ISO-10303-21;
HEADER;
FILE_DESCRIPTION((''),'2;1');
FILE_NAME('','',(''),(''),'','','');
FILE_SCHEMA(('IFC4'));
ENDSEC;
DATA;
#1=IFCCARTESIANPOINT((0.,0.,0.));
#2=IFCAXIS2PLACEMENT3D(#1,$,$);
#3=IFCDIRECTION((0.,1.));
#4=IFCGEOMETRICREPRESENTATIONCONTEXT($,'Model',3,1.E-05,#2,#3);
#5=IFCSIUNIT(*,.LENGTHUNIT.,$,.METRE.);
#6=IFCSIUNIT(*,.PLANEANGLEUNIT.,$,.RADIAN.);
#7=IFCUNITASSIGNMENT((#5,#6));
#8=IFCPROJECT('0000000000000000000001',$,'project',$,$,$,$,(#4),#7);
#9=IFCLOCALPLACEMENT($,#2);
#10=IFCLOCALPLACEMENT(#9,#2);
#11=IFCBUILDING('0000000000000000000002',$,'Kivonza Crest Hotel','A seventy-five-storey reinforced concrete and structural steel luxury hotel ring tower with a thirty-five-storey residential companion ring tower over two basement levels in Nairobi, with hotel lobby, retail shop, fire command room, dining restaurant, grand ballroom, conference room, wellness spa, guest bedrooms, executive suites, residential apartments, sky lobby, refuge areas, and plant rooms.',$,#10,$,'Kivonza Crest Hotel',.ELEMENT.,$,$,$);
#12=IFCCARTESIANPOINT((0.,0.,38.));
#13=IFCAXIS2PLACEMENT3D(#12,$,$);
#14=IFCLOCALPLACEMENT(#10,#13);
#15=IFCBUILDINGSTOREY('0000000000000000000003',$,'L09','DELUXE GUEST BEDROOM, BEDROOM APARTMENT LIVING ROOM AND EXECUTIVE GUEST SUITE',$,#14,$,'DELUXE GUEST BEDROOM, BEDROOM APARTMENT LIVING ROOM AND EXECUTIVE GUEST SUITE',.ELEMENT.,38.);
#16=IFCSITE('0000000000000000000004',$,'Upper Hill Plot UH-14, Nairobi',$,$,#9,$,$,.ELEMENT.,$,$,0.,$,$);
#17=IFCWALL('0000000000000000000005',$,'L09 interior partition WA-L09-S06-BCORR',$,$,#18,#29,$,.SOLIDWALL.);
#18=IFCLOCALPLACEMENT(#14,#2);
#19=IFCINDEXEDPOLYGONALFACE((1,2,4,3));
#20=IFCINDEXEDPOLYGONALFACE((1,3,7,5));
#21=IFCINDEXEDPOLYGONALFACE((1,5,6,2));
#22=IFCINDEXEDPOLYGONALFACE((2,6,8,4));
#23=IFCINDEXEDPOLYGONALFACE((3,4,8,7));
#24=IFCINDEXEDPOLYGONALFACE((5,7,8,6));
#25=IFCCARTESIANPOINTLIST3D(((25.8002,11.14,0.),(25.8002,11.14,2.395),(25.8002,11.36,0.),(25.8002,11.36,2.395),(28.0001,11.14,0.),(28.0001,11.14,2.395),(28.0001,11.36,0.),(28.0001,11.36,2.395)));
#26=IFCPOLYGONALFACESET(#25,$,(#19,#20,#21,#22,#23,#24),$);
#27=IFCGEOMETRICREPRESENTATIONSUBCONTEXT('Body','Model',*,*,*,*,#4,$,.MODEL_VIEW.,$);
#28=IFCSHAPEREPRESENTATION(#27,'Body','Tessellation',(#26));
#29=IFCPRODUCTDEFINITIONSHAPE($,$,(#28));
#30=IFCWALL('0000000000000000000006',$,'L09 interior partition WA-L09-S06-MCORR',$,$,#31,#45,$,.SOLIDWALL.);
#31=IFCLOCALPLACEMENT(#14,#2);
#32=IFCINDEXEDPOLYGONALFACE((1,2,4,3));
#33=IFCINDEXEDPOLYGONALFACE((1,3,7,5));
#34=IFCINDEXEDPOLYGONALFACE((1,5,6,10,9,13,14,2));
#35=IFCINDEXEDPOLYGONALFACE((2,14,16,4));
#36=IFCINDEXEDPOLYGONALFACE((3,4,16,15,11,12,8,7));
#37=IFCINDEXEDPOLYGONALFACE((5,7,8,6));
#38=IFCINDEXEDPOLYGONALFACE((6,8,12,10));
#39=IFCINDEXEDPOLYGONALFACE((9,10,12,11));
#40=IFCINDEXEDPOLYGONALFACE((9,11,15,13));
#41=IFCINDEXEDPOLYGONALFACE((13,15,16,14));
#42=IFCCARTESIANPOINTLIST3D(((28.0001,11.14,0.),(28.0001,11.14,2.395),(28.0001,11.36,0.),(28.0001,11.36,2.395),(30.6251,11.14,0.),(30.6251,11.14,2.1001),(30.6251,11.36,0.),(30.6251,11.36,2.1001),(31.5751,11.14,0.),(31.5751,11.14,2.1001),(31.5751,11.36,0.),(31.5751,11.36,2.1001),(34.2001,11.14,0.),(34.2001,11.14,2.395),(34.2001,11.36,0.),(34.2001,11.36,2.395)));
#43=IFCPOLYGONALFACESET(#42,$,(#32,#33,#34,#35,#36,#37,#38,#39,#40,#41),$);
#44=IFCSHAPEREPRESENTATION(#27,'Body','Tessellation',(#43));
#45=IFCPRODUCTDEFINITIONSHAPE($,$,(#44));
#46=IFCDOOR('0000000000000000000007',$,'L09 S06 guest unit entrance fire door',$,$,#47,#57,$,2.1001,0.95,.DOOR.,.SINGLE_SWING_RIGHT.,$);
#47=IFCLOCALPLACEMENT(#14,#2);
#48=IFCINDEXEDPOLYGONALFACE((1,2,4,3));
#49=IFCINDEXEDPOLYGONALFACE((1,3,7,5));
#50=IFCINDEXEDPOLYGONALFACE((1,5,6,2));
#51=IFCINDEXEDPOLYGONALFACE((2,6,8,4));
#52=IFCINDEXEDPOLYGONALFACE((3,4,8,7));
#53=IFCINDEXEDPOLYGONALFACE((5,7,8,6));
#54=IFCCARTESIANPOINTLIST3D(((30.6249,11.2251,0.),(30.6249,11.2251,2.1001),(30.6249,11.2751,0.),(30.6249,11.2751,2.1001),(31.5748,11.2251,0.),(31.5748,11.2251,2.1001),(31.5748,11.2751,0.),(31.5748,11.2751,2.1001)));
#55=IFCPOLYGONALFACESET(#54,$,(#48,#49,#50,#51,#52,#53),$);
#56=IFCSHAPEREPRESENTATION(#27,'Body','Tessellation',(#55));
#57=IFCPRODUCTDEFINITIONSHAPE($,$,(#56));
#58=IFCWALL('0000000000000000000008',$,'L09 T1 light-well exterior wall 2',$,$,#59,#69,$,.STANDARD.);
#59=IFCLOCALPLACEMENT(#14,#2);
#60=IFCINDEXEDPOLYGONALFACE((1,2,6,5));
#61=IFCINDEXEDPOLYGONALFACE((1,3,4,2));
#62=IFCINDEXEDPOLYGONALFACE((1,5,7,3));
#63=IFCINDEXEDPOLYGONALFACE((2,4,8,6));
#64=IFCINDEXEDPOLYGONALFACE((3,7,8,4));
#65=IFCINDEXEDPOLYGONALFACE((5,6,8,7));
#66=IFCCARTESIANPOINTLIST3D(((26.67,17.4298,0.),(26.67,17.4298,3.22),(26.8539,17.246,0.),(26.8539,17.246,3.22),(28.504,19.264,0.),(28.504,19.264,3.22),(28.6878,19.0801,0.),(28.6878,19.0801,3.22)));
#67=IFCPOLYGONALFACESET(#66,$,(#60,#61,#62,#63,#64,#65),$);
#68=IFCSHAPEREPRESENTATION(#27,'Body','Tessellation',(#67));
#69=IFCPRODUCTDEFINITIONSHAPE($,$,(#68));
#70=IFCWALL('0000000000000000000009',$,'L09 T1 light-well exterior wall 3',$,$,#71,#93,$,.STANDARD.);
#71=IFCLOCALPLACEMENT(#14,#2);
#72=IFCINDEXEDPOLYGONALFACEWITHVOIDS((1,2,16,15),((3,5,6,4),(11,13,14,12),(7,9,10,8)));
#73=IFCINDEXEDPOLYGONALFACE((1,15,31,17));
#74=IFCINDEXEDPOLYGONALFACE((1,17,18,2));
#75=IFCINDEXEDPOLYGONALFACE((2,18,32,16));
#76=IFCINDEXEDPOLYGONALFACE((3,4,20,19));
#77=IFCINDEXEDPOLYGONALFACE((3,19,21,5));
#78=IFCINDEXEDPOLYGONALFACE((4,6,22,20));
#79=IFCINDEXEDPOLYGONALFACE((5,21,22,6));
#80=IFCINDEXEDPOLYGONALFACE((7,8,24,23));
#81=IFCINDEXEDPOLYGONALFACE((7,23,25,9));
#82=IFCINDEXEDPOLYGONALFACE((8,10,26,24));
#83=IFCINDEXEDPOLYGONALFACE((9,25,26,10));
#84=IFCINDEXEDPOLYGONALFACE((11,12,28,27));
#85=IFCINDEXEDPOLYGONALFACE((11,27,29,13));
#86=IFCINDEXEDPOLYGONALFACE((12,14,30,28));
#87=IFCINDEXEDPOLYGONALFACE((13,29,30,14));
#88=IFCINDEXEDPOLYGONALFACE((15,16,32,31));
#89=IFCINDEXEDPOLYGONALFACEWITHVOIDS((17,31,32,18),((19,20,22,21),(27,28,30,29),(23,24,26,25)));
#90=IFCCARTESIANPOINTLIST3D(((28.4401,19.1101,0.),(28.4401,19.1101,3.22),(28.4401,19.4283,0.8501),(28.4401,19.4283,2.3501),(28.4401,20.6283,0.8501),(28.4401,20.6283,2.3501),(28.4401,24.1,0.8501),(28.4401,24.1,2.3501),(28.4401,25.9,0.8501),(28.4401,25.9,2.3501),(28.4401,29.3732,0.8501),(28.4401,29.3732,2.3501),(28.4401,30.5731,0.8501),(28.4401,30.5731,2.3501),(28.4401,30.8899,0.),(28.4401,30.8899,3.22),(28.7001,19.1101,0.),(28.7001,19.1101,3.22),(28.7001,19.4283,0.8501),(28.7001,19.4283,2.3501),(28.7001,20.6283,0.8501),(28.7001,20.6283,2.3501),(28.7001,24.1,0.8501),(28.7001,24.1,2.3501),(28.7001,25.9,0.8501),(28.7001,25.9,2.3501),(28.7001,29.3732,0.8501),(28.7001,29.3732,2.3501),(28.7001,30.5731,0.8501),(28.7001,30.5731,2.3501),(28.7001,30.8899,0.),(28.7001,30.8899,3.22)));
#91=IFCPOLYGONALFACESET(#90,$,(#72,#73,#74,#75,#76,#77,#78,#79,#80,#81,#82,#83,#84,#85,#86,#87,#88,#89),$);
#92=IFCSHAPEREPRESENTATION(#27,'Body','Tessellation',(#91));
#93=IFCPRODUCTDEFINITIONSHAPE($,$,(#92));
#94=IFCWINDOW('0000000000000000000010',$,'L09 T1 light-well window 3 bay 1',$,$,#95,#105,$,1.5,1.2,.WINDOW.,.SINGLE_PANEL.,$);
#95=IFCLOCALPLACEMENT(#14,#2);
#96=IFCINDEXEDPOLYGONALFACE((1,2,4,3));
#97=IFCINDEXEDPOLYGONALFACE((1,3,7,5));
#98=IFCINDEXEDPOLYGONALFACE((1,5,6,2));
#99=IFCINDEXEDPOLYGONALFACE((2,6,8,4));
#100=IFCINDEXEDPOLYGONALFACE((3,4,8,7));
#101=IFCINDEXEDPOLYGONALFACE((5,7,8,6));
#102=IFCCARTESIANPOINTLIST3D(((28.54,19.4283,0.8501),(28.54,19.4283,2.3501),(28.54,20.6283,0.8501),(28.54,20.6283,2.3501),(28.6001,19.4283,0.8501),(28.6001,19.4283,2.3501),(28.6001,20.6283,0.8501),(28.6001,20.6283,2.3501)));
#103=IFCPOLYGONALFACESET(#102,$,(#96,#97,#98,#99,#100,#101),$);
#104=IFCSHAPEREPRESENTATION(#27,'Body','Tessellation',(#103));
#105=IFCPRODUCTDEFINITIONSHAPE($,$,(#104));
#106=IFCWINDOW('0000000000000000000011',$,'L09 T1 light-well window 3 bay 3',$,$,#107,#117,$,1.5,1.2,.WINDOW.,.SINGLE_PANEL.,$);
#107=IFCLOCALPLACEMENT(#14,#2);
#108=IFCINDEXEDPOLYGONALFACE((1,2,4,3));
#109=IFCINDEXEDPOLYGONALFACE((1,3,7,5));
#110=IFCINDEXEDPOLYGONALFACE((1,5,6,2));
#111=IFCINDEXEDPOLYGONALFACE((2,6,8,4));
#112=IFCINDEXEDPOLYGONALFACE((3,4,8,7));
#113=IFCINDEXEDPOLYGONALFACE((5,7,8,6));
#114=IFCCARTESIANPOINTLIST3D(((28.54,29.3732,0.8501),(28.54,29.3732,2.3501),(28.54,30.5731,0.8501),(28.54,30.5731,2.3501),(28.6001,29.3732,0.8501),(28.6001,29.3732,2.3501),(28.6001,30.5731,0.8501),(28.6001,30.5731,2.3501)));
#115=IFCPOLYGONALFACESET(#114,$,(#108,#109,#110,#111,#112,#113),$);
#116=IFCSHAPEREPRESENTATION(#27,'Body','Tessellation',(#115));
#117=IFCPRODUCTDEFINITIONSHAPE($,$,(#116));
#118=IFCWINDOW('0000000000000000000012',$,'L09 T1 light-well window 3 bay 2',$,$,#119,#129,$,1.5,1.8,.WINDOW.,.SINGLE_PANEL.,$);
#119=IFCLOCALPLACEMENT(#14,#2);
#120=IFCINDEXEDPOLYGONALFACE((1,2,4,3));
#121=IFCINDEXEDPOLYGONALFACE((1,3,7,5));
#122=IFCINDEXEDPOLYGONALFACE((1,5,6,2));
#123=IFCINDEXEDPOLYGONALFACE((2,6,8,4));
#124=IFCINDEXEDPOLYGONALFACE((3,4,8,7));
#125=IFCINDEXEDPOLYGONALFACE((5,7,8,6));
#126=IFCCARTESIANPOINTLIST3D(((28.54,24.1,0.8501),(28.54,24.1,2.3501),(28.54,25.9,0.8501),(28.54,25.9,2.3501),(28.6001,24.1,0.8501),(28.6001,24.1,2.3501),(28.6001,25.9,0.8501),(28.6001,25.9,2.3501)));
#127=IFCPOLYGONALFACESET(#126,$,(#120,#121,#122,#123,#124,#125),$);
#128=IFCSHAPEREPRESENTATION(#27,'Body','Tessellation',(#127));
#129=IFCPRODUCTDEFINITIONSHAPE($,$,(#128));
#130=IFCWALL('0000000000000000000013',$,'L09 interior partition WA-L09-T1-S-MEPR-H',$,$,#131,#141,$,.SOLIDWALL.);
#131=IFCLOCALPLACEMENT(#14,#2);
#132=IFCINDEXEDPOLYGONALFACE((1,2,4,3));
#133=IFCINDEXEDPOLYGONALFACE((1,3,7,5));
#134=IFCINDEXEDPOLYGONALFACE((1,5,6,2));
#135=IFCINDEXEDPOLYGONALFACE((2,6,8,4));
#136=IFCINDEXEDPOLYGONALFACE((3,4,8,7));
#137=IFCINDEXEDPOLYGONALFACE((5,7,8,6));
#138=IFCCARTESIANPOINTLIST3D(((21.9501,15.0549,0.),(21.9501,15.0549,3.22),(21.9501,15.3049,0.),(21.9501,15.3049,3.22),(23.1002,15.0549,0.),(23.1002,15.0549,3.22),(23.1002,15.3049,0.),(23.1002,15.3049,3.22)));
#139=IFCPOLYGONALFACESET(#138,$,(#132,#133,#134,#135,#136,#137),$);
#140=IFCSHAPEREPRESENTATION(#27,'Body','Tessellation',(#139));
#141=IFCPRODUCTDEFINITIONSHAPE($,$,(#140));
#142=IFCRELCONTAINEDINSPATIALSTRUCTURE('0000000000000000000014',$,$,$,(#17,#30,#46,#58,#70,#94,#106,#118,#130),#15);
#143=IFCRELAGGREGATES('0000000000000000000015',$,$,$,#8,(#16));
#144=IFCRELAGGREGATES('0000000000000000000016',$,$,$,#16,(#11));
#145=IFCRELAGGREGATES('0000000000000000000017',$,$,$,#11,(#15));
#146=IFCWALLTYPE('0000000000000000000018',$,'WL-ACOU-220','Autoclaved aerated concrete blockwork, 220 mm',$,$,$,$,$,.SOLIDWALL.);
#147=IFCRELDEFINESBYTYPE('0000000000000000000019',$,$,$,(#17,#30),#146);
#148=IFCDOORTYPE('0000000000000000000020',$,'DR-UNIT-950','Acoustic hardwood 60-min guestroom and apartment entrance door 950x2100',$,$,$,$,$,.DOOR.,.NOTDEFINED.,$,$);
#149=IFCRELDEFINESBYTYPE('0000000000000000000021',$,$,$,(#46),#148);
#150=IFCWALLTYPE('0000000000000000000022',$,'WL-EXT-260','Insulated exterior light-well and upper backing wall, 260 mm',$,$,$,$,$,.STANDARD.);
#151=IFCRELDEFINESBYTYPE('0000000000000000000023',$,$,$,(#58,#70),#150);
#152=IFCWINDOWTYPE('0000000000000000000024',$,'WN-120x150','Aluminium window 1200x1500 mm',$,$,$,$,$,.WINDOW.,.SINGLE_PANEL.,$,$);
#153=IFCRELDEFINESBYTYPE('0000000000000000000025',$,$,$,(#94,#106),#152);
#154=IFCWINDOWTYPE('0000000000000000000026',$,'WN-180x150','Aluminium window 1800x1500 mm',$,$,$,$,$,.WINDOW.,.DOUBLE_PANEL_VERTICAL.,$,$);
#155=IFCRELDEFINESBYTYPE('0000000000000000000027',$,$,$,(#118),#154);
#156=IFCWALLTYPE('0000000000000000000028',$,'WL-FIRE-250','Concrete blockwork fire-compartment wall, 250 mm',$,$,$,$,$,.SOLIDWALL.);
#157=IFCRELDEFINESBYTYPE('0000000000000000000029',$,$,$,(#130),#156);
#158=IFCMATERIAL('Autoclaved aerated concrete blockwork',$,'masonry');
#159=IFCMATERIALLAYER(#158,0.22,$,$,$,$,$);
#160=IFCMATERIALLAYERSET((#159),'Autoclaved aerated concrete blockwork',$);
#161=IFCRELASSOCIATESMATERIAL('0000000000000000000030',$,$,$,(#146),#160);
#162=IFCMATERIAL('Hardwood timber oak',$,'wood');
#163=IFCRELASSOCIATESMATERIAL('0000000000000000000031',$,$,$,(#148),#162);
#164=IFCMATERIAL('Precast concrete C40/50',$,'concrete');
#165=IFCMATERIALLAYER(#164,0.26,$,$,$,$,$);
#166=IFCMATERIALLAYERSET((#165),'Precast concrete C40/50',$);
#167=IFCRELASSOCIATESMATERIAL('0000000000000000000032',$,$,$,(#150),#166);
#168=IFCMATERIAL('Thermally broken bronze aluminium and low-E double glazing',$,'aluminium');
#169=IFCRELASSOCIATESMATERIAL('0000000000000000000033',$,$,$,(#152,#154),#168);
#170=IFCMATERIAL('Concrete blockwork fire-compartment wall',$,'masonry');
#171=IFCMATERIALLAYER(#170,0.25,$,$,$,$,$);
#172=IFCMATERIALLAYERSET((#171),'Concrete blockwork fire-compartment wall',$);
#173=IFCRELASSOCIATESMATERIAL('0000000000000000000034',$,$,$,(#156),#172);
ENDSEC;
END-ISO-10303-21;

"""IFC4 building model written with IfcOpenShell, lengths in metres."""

from ifc_helpers import new_model, si_unit, direction, frame, frame_2d, origin, place, context, subcontext, project, spatial, rectangle, extrude, material, layer, layer_set, type_object, element, fill, save


model = new_model("IFC4")

# Units and contexts
model_context = context("Model", 3, precision=1e-05, world=origin(), true_north=direction((0.0, 1.0)))
body_context = subcontext(model_context, "Body", "Model", "MODEL_VIEW")
ifc_project = project(units=[si_unit("LENGTHUNIT", "METRE"), si_unit("PLANEANGLEUNIT", "RADIAN")], contexts=[model_context])

# Site, building, storey
site_placement = place(None, origin())
site = spatial("IfcSite", under=ifc_project, at=site_placement, Name="Upper Hill Plot UH-14, Nairobi", CompositionType="ELEMENT", RefElevation=0.0)
building_placement = place(site_placement, origin())
building = spatial("IfcBuilding", under=site, at=building_placement, Name="Kivonza Crest Hotel", Description="A seventy-five-storey reinforced concrete and structural steel luxury hotel ring tower with a thirty-five-storey residential companion ring tower over two basement levels in Nairobi, with hotel lobby, retail shop, fire command room, dining restaurant, grand ballroom, conference room, wellness spa, guest bedrooms, executive suites, residential apartments, sky lobby, refuge areas, and plant rooms.", LongName="Kivonza Crest Hotel", CompositionType="ELEMENT")
storey_placement = place(building_placement, frame((0.0, 0.0, 38.0)))
storey = spatial("IfcBuildingStorey", under=building, at=storey_placement, Name="L09", Description="DELUXE GUEST BEDROOM, BEDROOM APARTMENT LIVING ROOM AND EXECUTIVE GUEST SUITE", LongName="DELUXE GUEST BEDROOM, BEDROOM APARTMENT LIVING ROOM AND EXECUTIVE GUEST SUITE", CompositionType="ELEMENT", Elevation=38.0)

# Wall
ifc_material_1 = material(Name="Autoclaved aerated concrete blockwork", Category="masonry")
ifc_layer_1 = layer(ifc_material_1, 0.22)
ifc_layer_set_1 = layer_set([ifc_layer_1], Name="Autoclaved aerated concrete blockwork")
wall_type_1 = type_object("IfcWallType", Name="WL-ACOU-220", Description="Autoclaved aerated concrete blockwork, 220 mm", PredefinedType="SOLIDWALL", material=ifc_layer_set_1)
wall_1_placement = place(storey_placement, frame((25.8, 11.25, 0.0), z_axis=(0.0, 0.0, 1.0), x_axis=(1.0, 0.0, 0.0)))
element("IfcWall", 1, at=wall_1_placement, inside=storey, type_object=wall_type_1, Name="L09 interior partition WA-L09-S06-BCORR", PredefinedType="SOLIDWALL", context=body_context, shape_type="SweptSolid", body=[
    extrude(rectangle(XDim=2.2, YDim=0.22, at=frame_2d((1.1001, 0.0))), origin(), (0.0, 0.0, 1.0), 2.395),
])

# Wall, opening, door
wall_2_placement = place(storey_placement, frame((28.0, 11.25, 0.0), z_axis=(0.0, 0.0, 1.0), x_axis=(1.0, 0.0, 0.0)))
wall_2 = element("IfcWall", 2, at=wall_2_placement, inside=storey, type_object=wall_type_1, Name="L09 interior partition WA-L09-S06-MCORR", PredefinedType="SOLIDWALL", context=body_context, shape_type="SweptSolid", body=[
    extrude(rectangle(XDim=6.2, YDim=0.22, at=frame_2d((3.1001, 0.0))), origin(), (0.0, 0.0, 1.0), 2.395),
])
opening_1_placement = place(wall_2_placement, frame((2.625, 0.0, 0.0)))
opening_1 = element("IfcOpeningElement", 3, at=opening_1_placement, cuts=wall_2, PredefinedType="OPENING", context=body_context, shape_type="SweptSolid", body=[
    extrude(rectangle(XDim=0.95, YDim=2.1001, at=frame_2d((0.4751, 1.05))), frame((0.0, 0.1201, 0.0), z_axis=(0.0, -1.0, 0.0), x_axis=(1.0, 0.0, 0.0)), (0.0, 0.0, 1.0), 0.24),
])
ifc_material_2 = material(Name="Hardwood timber oak", Category="wood")
door_type_1 = type_object("IfcDoorType", Name="DR-UNIT-950", Description="Acoustic hardwood 60-min guestroom and apartment entrance door 950x2100", OperationType="NOTDEFINED", PredefinedType="DOOR", material=ifc_material_2)
door_1_placement = place(opening_1_placement, frame((0.95, 0.0, 0.0), z_axis=(0.0, 0.0, 1.0), x_axis=(-1.0, 0.0, 0.0)))
door_1 = element("IfcDoor", 4, at=door_1_placement, inside=storey, type_object=door_type_1, Name="L09 S06 guest unit entrance fire door", OperationType="SINGLE_SWING_RIGHT", OverallHeight=2.1001, OverallWidth=0.95, PredefinedType="DOOR", context=body_context, shape_type="SweptSolid", body=[
    extrude(rectangle(XDim=0.95, YDim=2.1001, at=frame_2d((0.4751, 1.05))), frame((0.0, 0.0249, 0.0), z_axis=(0.0, -1.0, 0.0), x_axis=(1.0, 0.0, 0.0)), (0.0, 0.0, 1.0), 0.05),
])
fill(opening_1, door_1)

# Wall
ifc_material_3 = material(Name="Precast concrete C40/50", Category="concrete")
ifc_layer_2 = layer(ifc_material_3, 0.26)
ifc_layer_set_2 = layer_set([ifc_layer_2], Name="Precast concrete C40/50")
wall_type_2 = type_object("IfcWallType", Name="WL-EXT-260", Description="Insulated exterior light-well and upper backing wall, 260 mm", PredefinedType="STANDARD", material=ifc_layer_set_2)
wall_3_placement = place(storey_placement, frame((26.762, 17.3379, 0.0), z_axis=(0.0, 0.0, 1.0), x_axis=(0.70706, 0.707154, 0.0)))
element("IfcWall", 5, at=wall_3_placement, inside=storey, type_object=wall_type_2, Name="L09 T1 light-well exterior wall 2", PredefinedType="STANDARD", context=body_context, shape_type="SweptSolid", body=[
    extrude(rectangle(XDim=2.5938, YDim=0.26, at=frame_2d((1.2969, 0.0))), origin(), (0.0, 0.0, 1.0), 3.22),
])

# Wall, openings, windows
wall_4_placement = place(storey_placement, frame((28.5701, 19.1101, 0.0), z_axis=(0.0, 0.0, 1.0), x_axis=(0.0, 1.0, 0.0)))
wall_4 = element("IfcWall", 6, at=wall_4_placement, inside=storey, type_object=wall_type_2, Name="L09 T1 light-well exterior wall 3", PredefinedType="STANDARD", context=body_context, shape_type="SweptSolid", body=[
    extrude(rectangle(XDim=11.7798, YDim=0.26, at=frame_2d((5.8899, 0.0))), origin(), (0.0, 0.0, 1.0), 3.22),
])
opening_2_placement = place(wall_4_placement, frame((0.3181, 0.0, 0.8501)))
opening_2 = element("IfcOpeningElement", 7, at=opening_2_placement, cuts=wall_4, PredefinedType="OPENING", context=body_context, shape_type="SweptSolid", body=[
    extrude(rectangle(XDim=1.2, YDim=1.5, at=frame_2d((0.6001, 0.75))), frame((0.0, 0.1401, 0.0), z_axis=(0.0, -1.0, 0.0), x_axis=(1.0, 0.0, 0.0)), (0.0, 0.0, 1.0), 0.28),
])
opening_3_placement = place(wall_4_placement, frame((4.99, 0.0, 0.8501)))
opening_3 = element("IfcOpeningElement", 8, at=opening_3_placement, cuts=wall_4, PredefinedType="OPENING", context=body_context, shape_type="SweptSolid", body=[
    extrude(rectangle(XDim=1.8, YDim=1.5, at=frame_2d((0.8999, 0.75))), frame((0.0, 0.1401, 0.0), z_axis=(0.0, -1.0, 0.0), x_axis=(1.0, 0.0, 0.0)), (0.0, 0.0, 1.0), 0.28),
])
opening_4_placement = place(wall_4_placement, frame((10.2629, 0.0, 0.8501)))
opening_4 = element("IfcOpeningElement", 9, at=opening_4_placement, cuts=wall_4, PredefinedType="OPENING", context=body_context, shape_type="SweptSolid", body=[
    extrude(rectangle(XDim=1.2, YDim=1.5, at=frame_2d((0.6001, 0.75))), frame((0.0, 0.1401, 0.0), z_axis=(0.0, -1.0, 0.0), x_axis=(1.0, 0.0, 0.0)), (0.0, 0.0, 1.0), 0.28),
])
ifc_material_4 = material(Name="Thermally broken bronze aluminium and low-E double glazing", Category="aluminium")
window_type_1 = type_object("IfcWindowType", Name="WN-120x150", Description="Aluminium window 1200x1500 mm", PartitioningType="SINGLE_PANEL", PredefinedType="WINDOW", material=ifc_material_4)
window_1_placement = place(opening_2_placement, origin())
window_1 = element("IfcWindow", 10, at=window_1_placement, inside=storey, type_object=window_type_1, Name="L09 T1 light-well window 3 bay 1", OverallHeight=1.5, OverallWidth=1.2, PartitioningType="SINGLE_PANEL", PredefinedType="WINDOW", context=body_context, shape_type="SweptSolid", body=[
    extrude(rectangle(XDim=1.2, YDim=1.5, at=frame_2d((0.6001, 0.75))), frame((0.0, 0.03, 0.0), z_axis=(0.0, -1.0, 0.0), x_axis=(1.0, 0.0, 0.0)), (0.0, 0.0, 1.0), 0.0601),
])
fill(opening_2, window_1)
window_2_placement = place(opening_4_placement, origin())
window_2 = element("IfcWindow", 11, at=window_2_placement, inside=storey, type_object=window_type_1, Name="L09 T1 light-well window 3 bay 3", OverallHeight=1.5, OverallWidth=1.2, PartitioningType="SINGLE_PANEL", PredefinedType="WINDOW", context=body_context, shape_type="SweptSolid", body=[
    extrude(rectangle(XDim=1.2, YDim=1.5, at=frame_2d((0.6001, 0.75))), frame((0.0, 0.03, 0.0), z_axis=(0.0, -1.0, 0.0), x_axis=(1.0, 0.0, 0.0)), (0.0, 0.0, 1.0), 0.0601),
])
fill(opening_4, window_2)
window_type_2 = type_object("IfcWindowType", Name="WN-180x150", Description="Aluminium window 1800x1500 mm", PartitioningType="DOUBLE_PANEL_VERTICAL", PredefinedType="WINDOW", material=ifc_material_4)
window_3_placement = place(opening_3_placement, origin())
window_3 = element("IfcWindow", 12, at=window_3_placement, inside=storey, type_object=window_type_2, Name="L09 T1 light-well window 3 bay 2", OverallHeight=1.5, OverallWidth=1.8, PartitioningType="SINGLE_PANEL", PredefinedType="WINDOW", context=body_context, shape_type="SweptSolid", body=[
    extrude(rectangle(XDim=1.8, YDim=1.5, at=frame_2d((0.8999, 0.75))), frame((0.0, 0.03, 0.0), z_axis=(0.0, -1.0, 0.0), x_axis=(1.0, 0.0, 0.0)), (0.0, 0.0, 1.0), 0.0601),
])
fill(opening_3, window_3)

# Wall
ifc_material_5 = material(Name="Concrete blockwork fire-compartment wall", Category="masonry")
ifc_layer_3 = layer(ifc_material_5, 0.25)
ifc_layer_set_3 = layer_set([ifc_layer_3], Name="Concrete blockwork fire-compartment wall")
wall_type_3 = type_object("IfcWallType", Name="WL-FIRE-250", Description="Concrete blockwork fire-compartment wall, 250 mm", PredefinedType="SOLIDWALL", material=ifc_layer_set_3)
wall_5_placement = place(storey_placement, frame((21.95, 15.1799, 0.0), z_axis=(0.0, 0.0, 1.0), x_axis=(1.0, 0.0, 0.0)))
element("IfcWall", 13, at=wall_5_placement, inside=storey, type_object=wall_type_3, Name="L09 interior partition WA-L09-T1-S-MEPR-H", PredefinedType="SOLIDWALL", context=body_context, shape_type="SweptSolid", body=[
    extrude(rectangle(XDim=1.1501, YDim=0.25, at=frame_2d((0.5752, 0.0))), origin(), (0.0, 0.0, 1.0), 3.22),
])

save(model, "model.ifc")
